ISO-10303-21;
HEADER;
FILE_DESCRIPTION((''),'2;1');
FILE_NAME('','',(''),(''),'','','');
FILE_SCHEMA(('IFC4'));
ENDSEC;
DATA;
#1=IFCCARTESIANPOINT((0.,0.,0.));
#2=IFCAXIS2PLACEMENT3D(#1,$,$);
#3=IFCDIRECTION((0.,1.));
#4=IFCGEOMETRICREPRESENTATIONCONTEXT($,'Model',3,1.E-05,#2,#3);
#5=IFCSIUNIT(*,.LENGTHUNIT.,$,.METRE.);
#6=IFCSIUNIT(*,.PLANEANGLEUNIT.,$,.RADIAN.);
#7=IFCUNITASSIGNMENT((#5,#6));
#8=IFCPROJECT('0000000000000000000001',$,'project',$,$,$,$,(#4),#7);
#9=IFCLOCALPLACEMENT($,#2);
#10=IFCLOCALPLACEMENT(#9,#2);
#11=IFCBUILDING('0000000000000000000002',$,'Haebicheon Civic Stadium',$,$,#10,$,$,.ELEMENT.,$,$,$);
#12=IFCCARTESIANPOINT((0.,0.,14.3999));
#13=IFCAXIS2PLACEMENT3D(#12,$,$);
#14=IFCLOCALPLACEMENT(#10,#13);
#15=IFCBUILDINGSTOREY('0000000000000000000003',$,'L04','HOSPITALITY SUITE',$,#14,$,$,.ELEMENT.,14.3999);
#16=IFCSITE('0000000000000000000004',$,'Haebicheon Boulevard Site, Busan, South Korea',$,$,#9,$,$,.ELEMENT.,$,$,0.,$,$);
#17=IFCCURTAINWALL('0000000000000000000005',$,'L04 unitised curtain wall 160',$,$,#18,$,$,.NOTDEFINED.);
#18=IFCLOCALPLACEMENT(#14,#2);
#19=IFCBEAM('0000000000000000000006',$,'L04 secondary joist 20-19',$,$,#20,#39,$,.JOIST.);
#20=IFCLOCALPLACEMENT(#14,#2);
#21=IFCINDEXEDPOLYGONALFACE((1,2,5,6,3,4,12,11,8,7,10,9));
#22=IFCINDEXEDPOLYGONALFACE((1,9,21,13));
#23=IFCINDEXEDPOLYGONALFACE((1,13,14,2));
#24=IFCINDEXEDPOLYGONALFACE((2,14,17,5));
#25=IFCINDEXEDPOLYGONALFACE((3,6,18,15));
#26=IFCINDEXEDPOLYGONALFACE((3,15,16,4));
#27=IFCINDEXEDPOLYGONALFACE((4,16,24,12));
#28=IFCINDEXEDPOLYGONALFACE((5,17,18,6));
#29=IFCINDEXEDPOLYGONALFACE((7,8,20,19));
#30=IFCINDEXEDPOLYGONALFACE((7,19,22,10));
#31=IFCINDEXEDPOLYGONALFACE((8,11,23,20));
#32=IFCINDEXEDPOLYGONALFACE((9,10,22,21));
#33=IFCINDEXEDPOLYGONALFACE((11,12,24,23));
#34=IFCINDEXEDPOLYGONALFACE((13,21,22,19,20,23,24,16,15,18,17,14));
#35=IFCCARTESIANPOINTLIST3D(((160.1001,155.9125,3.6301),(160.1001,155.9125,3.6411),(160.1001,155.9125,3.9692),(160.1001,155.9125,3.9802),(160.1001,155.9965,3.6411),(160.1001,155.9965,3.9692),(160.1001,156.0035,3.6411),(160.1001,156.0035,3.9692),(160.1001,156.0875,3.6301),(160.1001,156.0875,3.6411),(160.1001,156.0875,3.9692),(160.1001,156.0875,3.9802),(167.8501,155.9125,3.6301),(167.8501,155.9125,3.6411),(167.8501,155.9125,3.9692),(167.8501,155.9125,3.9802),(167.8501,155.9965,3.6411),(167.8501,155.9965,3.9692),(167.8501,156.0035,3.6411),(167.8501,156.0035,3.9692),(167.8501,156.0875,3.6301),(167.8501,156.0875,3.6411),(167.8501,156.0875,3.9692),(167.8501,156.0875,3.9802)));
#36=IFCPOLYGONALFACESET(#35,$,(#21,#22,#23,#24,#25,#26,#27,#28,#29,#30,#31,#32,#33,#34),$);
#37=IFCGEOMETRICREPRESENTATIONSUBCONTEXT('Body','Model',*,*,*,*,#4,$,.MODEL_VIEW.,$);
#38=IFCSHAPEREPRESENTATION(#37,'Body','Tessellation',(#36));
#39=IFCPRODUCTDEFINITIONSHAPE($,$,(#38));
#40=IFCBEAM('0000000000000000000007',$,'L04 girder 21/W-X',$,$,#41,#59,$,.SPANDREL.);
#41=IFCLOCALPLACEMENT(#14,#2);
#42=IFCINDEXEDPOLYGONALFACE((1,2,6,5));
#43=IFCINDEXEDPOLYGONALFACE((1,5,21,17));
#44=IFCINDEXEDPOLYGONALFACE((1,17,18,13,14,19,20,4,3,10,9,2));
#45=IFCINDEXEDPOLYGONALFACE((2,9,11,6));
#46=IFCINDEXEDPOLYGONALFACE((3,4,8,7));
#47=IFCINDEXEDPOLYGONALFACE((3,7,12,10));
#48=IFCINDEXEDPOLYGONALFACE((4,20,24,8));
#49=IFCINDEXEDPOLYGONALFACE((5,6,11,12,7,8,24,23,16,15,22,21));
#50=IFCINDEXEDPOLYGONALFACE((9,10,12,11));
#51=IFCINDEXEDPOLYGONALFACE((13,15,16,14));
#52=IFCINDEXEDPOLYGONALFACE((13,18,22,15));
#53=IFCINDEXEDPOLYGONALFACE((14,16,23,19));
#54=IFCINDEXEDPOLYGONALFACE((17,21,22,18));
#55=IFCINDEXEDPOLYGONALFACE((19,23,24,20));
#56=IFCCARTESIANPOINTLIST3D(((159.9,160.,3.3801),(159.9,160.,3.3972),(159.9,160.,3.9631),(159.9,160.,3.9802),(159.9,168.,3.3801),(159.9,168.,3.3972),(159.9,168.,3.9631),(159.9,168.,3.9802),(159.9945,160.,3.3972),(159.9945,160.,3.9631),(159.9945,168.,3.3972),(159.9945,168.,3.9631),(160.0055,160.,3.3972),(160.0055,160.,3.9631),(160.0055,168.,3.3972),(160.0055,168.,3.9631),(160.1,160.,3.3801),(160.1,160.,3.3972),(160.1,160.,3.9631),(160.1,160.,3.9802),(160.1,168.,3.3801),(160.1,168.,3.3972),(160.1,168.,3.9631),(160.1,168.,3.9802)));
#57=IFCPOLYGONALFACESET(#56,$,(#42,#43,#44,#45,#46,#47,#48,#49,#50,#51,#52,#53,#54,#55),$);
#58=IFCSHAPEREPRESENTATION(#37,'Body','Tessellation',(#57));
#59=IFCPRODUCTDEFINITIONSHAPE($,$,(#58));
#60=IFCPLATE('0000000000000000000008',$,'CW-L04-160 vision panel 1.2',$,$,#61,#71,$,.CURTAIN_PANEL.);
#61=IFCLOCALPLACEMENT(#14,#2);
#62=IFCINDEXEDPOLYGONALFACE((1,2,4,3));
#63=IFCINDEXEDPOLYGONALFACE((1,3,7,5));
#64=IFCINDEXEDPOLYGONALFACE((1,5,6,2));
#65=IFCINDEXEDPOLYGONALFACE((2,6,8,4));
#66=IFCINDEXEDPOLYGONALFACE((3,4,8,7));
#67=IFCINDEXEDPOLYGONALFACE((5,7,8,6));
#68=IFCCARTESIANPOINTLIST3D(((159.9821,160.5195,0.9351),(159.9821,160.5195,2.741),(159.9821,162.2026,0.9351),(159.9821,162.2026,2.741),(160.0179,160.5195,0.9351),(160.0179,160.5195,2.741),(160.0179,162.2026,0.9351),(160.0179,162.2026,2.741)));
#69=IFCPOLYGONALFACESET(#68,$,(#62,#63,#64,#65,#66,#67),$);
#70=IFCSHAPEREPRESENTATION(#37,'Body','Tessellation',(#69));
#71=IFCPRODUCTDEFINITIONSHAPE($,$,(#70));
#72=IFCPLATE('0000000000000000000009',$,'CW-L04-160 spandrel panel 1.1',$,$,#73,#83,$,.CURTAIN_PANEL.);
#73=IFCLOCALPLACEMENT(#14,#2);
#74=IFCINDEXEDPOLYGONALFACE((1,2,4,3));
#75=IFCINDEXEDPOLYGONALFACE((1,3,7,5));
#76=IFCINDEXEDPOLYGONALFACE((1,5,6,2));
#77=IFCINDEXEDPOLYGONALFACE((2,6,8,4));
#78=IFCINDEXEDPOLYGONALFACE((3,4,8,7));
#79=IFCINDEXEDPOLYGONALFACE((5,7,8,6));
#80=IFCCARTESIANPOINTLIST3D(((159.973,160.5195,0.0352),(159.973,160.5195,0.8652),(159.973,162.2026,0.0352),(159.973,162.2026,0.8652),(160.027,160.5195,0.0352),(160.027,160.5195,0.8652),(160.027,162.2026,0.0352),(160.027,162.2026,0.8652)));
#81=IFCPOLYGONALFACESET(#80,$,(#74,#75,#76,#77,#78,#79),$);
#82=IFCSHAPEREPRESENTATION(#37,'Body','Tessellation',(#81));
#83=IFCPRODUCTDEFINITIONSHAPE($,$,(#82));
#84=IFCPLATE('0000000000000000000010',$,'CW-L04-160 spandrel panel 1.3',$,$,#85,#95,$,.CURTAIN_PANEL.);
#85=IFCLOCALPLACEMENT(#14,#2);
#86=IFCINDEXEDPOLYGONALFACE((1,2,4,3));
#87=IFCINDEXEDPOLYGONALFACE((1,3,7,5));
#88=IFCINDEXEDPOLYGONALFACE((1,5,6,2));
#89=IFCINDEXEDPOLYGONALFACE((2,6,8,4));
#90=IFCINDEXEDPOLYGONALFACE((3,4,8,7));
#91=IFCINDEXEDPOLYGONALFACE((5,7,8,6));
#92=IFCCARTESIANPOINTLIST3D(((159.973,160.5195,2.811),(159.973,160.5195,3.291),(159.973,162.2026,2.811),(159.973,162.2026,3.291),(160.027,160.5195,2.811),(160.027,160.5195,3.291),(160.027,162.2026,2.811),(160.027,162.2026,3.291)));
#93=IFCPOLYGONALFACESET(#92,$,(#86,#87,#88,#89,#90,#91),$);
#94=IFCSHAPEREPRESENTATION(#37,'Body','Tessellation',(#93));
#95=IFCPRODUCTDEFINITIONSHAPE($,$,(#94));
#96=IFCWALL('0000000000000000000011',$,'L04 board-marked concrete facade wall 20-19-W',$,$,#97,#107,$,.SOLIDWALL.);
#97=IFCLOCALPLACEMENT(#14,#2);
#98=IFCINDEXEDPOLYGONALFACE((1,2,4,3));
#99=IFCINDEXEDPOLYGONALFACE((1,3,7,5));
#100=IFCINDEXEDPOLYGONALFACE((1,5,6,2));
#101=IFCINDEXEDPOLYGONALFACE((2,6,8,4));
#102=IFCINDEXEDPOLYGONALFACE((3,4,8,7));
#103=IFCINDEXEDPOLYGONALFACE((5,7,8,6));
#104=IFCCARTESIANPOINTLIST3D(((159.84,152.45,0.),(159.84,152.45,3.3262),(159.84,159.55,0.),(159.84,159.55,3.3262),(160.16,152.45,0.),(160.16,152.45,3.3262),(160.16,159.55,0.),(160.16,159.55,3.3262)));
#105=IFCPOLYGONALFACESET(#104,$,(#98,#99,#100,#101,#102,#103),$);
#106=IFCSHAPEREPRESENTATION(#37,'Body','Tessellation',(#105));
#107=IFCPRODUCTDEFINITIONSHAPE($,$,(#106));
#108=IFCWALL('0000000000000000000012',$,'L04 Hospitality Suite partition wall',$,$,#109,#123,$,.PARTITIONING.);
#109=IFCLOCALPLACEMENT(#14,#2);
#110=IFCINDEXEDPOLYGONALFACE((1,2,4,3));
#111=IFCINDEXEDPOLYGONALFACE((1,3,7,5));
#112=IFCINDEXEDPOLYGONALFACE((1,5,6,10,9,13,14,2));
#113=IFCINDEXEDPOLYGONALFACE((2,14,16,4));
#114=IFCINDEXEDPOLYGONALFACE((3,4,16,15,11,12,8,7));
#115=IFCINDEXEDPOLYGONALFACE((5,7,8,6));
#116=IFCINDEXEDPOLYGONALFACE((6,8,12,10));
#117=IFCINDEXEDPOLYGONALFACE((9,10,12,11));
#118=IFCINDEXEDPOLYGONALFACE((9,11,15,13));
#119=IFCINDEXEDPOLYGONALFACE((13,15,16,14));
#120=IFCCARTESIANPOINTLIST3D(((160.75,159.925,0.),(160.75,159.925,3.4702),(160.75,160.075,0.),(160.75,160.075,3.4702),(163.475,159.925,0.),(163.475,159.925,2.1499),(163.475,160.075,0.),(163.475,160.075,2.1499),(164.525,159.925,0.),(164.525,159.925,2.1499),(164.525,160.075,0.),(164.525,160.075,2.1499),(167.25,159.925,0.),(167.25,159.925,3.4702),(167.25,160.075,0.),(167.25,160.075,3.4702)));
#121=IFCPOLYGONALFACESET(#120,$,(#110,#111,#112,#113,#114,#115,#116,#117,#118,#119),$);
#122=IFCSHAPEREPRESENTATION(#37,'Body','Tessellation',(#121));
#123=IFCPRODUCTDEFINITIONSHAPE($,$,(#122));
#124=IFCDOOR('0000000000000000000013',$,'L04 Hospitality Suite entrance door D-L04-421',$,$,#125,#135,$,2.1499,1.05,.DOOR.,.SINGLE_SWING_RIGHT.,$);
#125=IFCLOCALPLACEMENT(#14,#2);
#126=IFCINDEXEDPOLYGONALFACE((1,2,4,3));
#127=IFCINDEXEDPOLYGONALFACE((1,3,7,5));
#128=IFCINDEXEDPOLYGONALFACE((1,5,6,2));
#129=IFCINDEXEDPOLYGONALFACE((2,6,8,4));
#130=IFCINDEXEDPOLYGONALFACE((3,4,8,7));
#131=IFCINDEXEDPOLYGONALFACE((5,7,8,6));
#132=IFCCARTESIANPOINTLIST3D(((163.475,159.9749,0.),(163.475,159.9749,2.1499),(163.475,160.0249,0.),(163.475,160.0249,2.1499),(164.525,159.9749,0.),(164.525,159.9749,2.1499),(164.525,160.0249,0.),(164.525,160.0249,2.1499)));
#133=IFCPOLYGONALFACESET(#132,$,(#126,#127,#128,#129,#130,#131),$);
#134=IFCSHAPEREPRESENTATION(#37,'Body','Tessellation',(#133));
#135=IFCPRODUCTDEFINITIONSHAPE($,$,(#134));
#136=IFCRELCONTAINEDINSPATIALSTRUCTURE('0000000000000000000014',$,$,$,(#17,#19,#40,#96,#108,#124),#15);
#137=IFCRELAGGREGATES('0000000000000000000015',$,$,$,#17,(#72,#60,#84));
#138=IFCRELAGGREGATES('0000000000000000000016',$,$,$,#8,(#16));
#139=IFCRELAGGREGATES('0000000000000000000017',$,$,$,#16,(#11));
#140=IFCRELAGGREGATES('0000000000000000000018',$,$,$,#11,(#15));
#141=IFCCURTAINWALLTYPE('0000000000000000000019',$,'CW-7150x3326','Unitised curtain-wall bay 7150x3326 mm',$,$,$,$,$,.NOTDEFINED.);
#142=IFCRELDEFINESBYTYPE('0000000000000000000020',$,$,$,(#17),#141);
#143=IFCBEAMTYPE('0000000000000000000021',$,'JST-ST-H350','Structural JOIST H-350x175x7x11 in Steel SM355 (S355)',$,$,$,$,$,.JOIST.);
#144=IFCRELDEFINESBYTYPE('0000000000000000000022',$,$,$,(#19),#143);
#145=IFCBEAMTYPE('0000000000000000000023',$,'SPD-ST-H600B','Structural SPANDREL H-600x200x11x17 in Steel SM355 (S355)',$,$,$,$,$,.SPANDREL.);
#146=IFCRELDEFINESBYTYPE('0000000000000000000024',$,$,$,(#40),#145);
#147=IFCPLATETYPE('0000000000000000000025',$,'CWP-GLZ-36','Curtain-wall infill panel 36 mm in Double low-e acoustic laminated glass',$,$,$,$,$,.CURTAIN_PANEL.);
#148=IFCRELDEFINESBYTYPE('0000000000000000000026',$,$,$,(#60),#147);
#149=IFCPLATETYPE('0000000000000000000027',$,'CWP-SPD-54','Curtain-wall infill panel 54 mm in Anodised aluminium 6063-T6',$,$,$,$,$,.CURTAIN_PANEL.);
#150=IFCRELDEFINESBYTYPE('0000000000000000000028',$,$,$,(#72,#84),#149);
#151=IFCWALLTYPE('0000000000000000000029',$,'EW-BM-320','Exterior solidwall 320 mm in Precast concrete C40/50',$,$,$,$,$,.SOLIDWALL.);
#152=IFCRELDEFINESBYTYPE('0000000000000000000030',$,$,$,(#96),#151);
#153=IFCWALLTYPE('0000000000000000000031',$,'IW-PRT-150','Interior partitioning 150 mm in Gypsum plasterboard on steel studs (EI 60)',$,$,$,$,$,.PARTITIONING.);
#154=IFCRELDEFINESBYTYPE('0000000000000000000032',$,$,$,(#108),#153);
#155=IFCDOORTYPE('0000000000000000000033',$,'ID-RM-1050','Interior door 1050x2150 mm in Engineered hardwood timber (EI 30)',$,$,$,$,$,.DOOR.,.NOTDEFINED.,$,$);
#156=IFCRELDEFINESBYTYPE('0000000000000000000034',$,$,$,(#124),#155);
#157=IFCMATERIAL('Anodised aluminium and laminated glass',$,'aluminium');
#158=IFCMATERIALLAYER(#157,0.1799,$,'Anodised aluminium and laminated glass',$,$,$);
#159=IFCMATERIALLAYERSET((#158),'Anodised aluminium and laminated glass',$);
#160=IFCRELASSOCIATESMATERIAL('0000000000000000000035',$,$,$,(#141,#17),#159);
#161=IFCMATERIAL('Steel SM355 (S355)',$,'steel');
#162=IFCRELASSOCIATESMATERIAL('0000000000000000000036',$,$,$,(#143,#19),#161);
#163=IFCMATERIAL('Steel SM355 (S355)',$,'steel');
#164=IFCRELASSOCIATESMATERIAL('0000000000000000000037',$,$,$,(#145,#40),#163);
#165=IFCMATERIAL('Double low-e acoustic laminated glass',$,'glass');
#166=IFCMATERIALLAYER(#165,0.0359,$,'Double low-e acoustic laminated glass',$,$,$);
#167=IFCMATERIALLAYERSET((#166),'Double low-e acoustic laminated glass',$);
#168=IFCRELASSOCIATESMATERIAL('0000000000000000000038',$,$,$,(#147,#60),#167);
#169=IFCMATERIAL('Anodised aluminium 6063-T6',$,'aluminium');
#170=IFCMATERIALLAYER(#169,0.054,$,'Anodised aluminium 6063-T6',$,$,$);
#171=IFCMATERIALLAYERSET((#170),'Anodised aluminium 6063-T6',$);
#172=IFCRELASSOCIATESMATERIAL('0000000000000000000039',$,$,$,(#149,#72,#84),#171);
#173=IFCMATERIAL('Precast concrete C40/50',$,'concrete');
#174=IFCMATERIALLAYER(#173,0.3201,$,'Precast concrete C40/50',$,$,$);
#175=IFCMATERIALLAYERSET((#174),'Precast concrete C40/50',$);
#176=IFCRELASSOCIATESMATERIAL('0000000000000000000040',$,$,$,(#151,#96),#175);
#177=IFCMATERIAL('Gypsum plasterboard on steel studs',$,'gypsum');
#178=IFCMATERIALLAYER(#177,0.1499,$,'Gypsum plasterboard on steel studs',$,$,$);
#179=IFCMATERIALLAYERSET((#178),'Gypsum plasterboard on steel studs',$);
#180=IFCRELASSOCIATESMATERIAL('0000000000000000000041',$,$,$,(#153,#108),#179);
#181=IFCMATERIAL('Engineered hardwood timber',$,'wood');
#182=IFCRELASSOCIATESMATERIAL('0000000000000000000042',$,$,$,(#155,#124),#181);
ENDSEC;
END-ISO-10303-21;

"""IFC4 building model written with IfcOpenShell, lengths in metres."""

from ifc_helpers import new_model, si_unit, direction, frame, frame_2d, origin, origin_2d, place, context, subcontext, project, spatial, rectangle, i_section, extrude, material, layer, layer_set, material_profile, profile_set, type_object, element, fill, aggregate, save


model = new_model("IFC4")

# Units and contexts
model_context = context("Model", 3, precision=1e-05, world=origin(), true_north=direction((0.0, 1.0)))
body_context = subcontext(model_context, "Body", "Model", "MODEL_VIEW")
ifc_project = project(units=[si_unit("LENGTHUNIT", "METRE"), si_unit("PLANEANGLEUNIT", "RADIAN")], contexts=[model_context])

# Site, building, storey
site_placement = place(None, origin())
site = spatial("IfcSite", under=ifc_project, at=site_placement, Name="Haebicheon Boulevard Site, Busan, South Korea", CompositionType="ELEMENT", RefElevation=0.0)
building_placement = place(site_placement, origin())
building = spatial("IfcBuilding", under=site, at=building_placement, Name="Haebicheon Civic Stadium", CompositionType="ELEMENT")
storey_placement = place(building_placement, frame((0.0, 0.0, 14.3999)))
storey = spatial("IfcBuildingStorey", under=building, at=storey_placement, Name="L04", Description="HOSPITALITY SUITE", CompositionType="ELEMENT", Elevation=14.3999)

# Curtain wall
ifc_material_1 = material(Name="Anodised aluminium and laminated glass", Category="aluminium")
ifc_layer_1 = layer(ifc_material_1, 0.1799, Name="Anodised aluminium and laminated glass")
ifc_layer_set_1 = layer_set([ifc_layer_1], Name="Anodised aluminium and laminated glass")
curtain_wall_type = type_object("IfcCurtainWallType", Name="CW-7150x3326", Description="Unitised curtain-wall bay 7150x3326 mm", PredefinedType="NOTDEFINED", material=ifc_layer_set_1)
curtain_wall_placement = place(storey_placement, origin())
curtain_wall = element("IfcCurtainWall", 1, at=curtain_wall_placement, inside=storey, type_object=curtain_wall_type, material=ifc_layer_set_1, Name="L04 unitised curtain wall 160", PredefinedType="NOTDEFINED")

# Beams
ifc_material_2 = material(Name="Steel SM355 (S355)", Category="steel")
ifc_material_profile_1 = material_profile(ifc_material_2, i_section(OverallWidth=0.175, OverallDepth=0.3501, WebThickness=0.0071, FlangeThickness=0.011, at=origin_2d()), Name="H-350x175x7x11")
ifc_profile_set_1 = profile_set([ifc_material_profile_1], Name="Steel SM355 (S355)")
beam_type_1 = type_object("IfcBeamType", Name="JST-ST-H350", Description="Structural JOIST H-350x175x7x11 in Steel SM355 (S355)", PredefinedType="JOIST", material=ifc_profile_set_1)
beam_1_placement = place(storey_placement, frame((160.1001, 156.0, 3.8052), z_axis=(1.0, 0.0, 0.0), x_axis=(0.0, 1.0, 0.0)))
element("IfcBeam", 2, at=beam_1_placement, inside=storey, type_object=beam_type_1, material=ifc_profile_set_1, Name="L04 secondary joist 20-19", PredefinedType="JOIST", context=body_context, shape_type="SweptSolid", body=[
    extrude(i_section(OverallWidth=0.175, OverallDepth=0.3501, WebThickness=0.0071, FlangeThickness=0.011, at=origin_2d()), origin(), (0.0, 0.0, 1.0), 7.75),
])
ifc_material_3 = material(Name="Steel SM355 (S355)", Category="steel")
ifc_material_profile_2 = material_profile(ifc_material_3, i_section(OverallWidth=0.2, OverallDepth=0.6001, WebThickness=0.011, FlangeThickness=0.0171, at=origin_2d()), Name="H-600x200x11x17")
ifc_profile_set_2 = profile_set([ifc_material_profile_2], Name="Steel SM355 (S355)")
beam_type_2 = type_object("IfcBeamType", Name="SPD-ST-H600B", Description="Structural SPANDREL H-600x200x11x17 in Steel SM355 (S355)", PredefinedType="SPANDREL", material=ifc_profile_set_2)
beam_2_placement = place(storey_placement, frame((160.0, 160.0, 3.6802), z_axis=(0.0, 1.0, 0.0), x_axis=(-1.0, 0.0, 0.0)))
element("IfcBeam", 3, at=beam_2_placement, inside=storey, type_object=beam_type_2, material=ifc_profile_set_2, Name="L04 girder 21/W-X", PredefinedType="SPANDREL", context=body_context, shape_type="SweptSolid", body=[
    extrude(i_section(OverallWidth=0.2, OverallDepth=0.6001, WebThickness=0.011, FlangeThickness=0.0171, at=origin_2d()), origin(), (0.0, 0.0, 1.0), 8.0),
])

# Plates
ifc_material_4 = material(Name="Double low-e acoustic laminated glass", Category="glass")
ifc_layer_2 = layer(ifc_material_4, 0.0359, Name="Double low-e acoustic laminated glass")
ifc_layer_set_2 = layer_set([ifc_layer_2], Name="Double low-e acoustic laminated glass")
plate_type_1 = type_object("IfcPlateType", Name="CWP-GLZ-36", Description="Curtain-wall infill panel 36 mm in Double low-e acoustic laminated glass", PredefinedType="CURTAIN_PANEL", material=ifc_layer_set_2)
plate_1_placement = place(storey_placement, frame((160.0, 161.3611, 0.9351), z_axis=(0.0, 0.0, 1.0), x_axis=(0.0, 1.0, 0.0)))
plate_1 = element("IfcPlate", 4, at=plate_1_placement, type_object=plate_type_1, material=ifc_layer_set_2, Name="CW-L04-160 vision panel 1.2", PredefinedType="CURTAIN_PANEL", context=body_context, shape_type="SweptSolid", body=[
    extrude(rectangle(XDim=1.6831, YDim=0.0359, at=origin_2d()), origin(), (0.0, 0.0, 1.0), 1.8059),
])
ifc_material_5 = material(Name="Anodised aluminium 6063-T6", Category="aluminium")
ifc_layer_3 = layer(ifc_material_5, 0.054, Name="Anodised aluminium 6063-T6")
ifc_layer_set_3 = layer_set([ifc_layer_3], Name="Anodised aluminium 6063-T6")
plate_type_2 = type_object("IfcPlateType", Name="CWP-SPD-54", Description="Curtain-wall infill panel 54 mm in Anodised aluminium 6063-T6", PredefinedType="CURTAIN_PANEL", material=ifc_layer_set_3)
plate_2_placement = place(storey_placement, frame((160.0, 161.3611, 0.0352), z_axis=(0.0, 0.0, 1.0), x_axis=(0.0, 1.0, 0.0)))
plate_2 = element("IfcPlate", 5, at=plate_2_placement, type_object=plate_type_2, material=ifc_layer_set_3, Name="CW-L04-160 spandrel panel 1.1", PredefinedType="CURTAIN_PANEL", context=body_context, shape_type="SweptSolid", body=[
    extrude(rectangle(XDim=1.6831, YDim=0.054, at=origin_2d()), origin(), (0.0, 0.0, 1.0), 0.8301),
])
plate_3_placement = place(storey_placement, frame((160.0, 161.3611, 2.811), z_axis=(0.0, 0.0, 1.0), x_axis=(0.0, 1.0, 0.0)))
plate_3 = element("IfcPlate", 6, at=plate_3_placement, type_object=plate_type_2, material=ifc_layer_set_3, Name="CW-L04-160 spandrel panel 1.3", PredefinedType="CURTAIN_PANEL", context=body_context, shape_type="SweptSolid", body=[
    extrude(rectangle(XDim=1.6831, YDim=0.054, at=origin_2d()), origin(), (0.0, 0.0, 1.0), 0.48),
])
aggregate(curtain_wall, [plate_2, plate_1, plate_3])

# Wall
ifc_material_6 = material(Name="Precast concrete C40/50", Category="concrete")
ifc_layer_4 = layer(ifc_material_6, 0.3201, Name="Precast concrete C40/50")
ifc_layer_set_4 = layer_set([ifc_layer_4], Name="Precast concrete C40/50")
wall_type_1 = type_object("IfcWallType", Name="EW-BM-320", Description="Exterior solidwall 320 mm in Precast concrete C40/50", PredefinedType="SOLIDWALL", material=ifc_layer_set_4)
wall_1_placement = place(storey_placement, frame((160.0, 152.45, 0.0), z_axis=(0.0, 0.0, 1.0), x_axis=(0.0, 1.0, 0.0)))
element("IfcWall", 7, at=wall_1_placement, inside=storey, type_object=wall_type_1, material=ifc_layer_set_4, Name="L04 board-marked concrete facade wall 20-19-W", PredefinedType="SOLIDWALL", context=body_context, shape_type="SweptSolid", body=[
    extrude(rectangle(XDim=7.1001, YDim=0.3201, at=frame_2d((3.55, 0.0))), origin(), (0.0, 0.0, 1.0), 3.3262),
])

# Wall, opening, door
ifc_material_7 = material(Name="Gypsum plasterboard on steel studs", Category="gypsum")
ifc_layer_5 = layer(ifc_material_7, 0.1499, Name="Gypsum plasterboard on steel studs")
ifc_layer_set_5 = layer_set([ifc_layer_5], Name="Gypsum plasterboard on steel studs")
wall_type_2 = type_object("IfcWallType", Name="IW-PRT-150", Description="Interior partitioning 150 mm in Gypsum plasterboard on steel studs (EI 60)", PredefinedType="PARTITIONING", material=ifc_layer_set_5)
wall_2_placement = place(storey_placement, frame((160.75, 160.0, 0.0), z_axis=(0.0, 0.0, 1.0), x_axis=(1.0, 0.0, 0.0)))
wall_2 = element("IfcWall", 8, at=wall_2_placement, inside=storey, type_object=wall_type_2, material=ifc_layer_set_5, Name="L04 Hospitality Suite partition wall", PredefinedType="PARTITIONING", context=body_context, shape_type="SweptSolid", body=[
    extrude(rectangle(XDim=6.5, YDim=0.1499, at=frame_2d((3.25, 0.0))), origin(), (0.0, 0.0, 1.0), 3.4702),
])
opening_placement = place(wall_2_placement, frame((2.7251, 0.0, 0.0)))
opening = element("IfcOpeningElement", 9, at=opening_placement, cuts=wall_2, PredefinedType="OPENING", context=body_context, shape_type="SweptSolid", body=[
    extrude(rectangle(XDim=1.05, YDim=2.1499, at=frame_2d((0.5249, 1.075))), frame((0.0, 0.085, 0.0), z_axis=(0.0, -1.0, 0.0), x_axis=(1.0, 0.0, 0.0)), (0.0, 0.0, 1.0), 0.1699),
])
ifc_material_8 = material(Name="Engineered hardwood timber", Category="wood")
door_type = type_object("IfcDoorType", Name="ID-RM-1050", Description="Interior door 1050x2150 mm in Engineered hardwood timber (EI 30)", OperationType="NOTDEFINED", PredefinedType="DOOR", material=ifc_material_8)
door_placement = place(opening_placement, origin())
door = element("IfcDoor", 10, at=door_placement, inside=storey, type_object=door_type, material=ifc_material_8, Name="L04 Hospitality Suite entrance door D-L04-421", OperationType="SINGLE_SWING_RIGHT", OverallHeight=2.1499, OverallWidth=1.05, PredefinedType="DOOR", context=body_context, shape_type="SweptSolid", body=[
    extrude(rectangle(XDim=1.05, YDim=2.1499, at=frame_2d((0.5249, 1.075))), frame((0.0, 0.0249, 0.0), z_axis=(0.0, -1.0, 0.0), x_axis=(1.0, 0.0, 0.0)), (0.0, 0.0, 1.0), 0.05),
])
fill(opening, door)

save(model, "model.ifc")
